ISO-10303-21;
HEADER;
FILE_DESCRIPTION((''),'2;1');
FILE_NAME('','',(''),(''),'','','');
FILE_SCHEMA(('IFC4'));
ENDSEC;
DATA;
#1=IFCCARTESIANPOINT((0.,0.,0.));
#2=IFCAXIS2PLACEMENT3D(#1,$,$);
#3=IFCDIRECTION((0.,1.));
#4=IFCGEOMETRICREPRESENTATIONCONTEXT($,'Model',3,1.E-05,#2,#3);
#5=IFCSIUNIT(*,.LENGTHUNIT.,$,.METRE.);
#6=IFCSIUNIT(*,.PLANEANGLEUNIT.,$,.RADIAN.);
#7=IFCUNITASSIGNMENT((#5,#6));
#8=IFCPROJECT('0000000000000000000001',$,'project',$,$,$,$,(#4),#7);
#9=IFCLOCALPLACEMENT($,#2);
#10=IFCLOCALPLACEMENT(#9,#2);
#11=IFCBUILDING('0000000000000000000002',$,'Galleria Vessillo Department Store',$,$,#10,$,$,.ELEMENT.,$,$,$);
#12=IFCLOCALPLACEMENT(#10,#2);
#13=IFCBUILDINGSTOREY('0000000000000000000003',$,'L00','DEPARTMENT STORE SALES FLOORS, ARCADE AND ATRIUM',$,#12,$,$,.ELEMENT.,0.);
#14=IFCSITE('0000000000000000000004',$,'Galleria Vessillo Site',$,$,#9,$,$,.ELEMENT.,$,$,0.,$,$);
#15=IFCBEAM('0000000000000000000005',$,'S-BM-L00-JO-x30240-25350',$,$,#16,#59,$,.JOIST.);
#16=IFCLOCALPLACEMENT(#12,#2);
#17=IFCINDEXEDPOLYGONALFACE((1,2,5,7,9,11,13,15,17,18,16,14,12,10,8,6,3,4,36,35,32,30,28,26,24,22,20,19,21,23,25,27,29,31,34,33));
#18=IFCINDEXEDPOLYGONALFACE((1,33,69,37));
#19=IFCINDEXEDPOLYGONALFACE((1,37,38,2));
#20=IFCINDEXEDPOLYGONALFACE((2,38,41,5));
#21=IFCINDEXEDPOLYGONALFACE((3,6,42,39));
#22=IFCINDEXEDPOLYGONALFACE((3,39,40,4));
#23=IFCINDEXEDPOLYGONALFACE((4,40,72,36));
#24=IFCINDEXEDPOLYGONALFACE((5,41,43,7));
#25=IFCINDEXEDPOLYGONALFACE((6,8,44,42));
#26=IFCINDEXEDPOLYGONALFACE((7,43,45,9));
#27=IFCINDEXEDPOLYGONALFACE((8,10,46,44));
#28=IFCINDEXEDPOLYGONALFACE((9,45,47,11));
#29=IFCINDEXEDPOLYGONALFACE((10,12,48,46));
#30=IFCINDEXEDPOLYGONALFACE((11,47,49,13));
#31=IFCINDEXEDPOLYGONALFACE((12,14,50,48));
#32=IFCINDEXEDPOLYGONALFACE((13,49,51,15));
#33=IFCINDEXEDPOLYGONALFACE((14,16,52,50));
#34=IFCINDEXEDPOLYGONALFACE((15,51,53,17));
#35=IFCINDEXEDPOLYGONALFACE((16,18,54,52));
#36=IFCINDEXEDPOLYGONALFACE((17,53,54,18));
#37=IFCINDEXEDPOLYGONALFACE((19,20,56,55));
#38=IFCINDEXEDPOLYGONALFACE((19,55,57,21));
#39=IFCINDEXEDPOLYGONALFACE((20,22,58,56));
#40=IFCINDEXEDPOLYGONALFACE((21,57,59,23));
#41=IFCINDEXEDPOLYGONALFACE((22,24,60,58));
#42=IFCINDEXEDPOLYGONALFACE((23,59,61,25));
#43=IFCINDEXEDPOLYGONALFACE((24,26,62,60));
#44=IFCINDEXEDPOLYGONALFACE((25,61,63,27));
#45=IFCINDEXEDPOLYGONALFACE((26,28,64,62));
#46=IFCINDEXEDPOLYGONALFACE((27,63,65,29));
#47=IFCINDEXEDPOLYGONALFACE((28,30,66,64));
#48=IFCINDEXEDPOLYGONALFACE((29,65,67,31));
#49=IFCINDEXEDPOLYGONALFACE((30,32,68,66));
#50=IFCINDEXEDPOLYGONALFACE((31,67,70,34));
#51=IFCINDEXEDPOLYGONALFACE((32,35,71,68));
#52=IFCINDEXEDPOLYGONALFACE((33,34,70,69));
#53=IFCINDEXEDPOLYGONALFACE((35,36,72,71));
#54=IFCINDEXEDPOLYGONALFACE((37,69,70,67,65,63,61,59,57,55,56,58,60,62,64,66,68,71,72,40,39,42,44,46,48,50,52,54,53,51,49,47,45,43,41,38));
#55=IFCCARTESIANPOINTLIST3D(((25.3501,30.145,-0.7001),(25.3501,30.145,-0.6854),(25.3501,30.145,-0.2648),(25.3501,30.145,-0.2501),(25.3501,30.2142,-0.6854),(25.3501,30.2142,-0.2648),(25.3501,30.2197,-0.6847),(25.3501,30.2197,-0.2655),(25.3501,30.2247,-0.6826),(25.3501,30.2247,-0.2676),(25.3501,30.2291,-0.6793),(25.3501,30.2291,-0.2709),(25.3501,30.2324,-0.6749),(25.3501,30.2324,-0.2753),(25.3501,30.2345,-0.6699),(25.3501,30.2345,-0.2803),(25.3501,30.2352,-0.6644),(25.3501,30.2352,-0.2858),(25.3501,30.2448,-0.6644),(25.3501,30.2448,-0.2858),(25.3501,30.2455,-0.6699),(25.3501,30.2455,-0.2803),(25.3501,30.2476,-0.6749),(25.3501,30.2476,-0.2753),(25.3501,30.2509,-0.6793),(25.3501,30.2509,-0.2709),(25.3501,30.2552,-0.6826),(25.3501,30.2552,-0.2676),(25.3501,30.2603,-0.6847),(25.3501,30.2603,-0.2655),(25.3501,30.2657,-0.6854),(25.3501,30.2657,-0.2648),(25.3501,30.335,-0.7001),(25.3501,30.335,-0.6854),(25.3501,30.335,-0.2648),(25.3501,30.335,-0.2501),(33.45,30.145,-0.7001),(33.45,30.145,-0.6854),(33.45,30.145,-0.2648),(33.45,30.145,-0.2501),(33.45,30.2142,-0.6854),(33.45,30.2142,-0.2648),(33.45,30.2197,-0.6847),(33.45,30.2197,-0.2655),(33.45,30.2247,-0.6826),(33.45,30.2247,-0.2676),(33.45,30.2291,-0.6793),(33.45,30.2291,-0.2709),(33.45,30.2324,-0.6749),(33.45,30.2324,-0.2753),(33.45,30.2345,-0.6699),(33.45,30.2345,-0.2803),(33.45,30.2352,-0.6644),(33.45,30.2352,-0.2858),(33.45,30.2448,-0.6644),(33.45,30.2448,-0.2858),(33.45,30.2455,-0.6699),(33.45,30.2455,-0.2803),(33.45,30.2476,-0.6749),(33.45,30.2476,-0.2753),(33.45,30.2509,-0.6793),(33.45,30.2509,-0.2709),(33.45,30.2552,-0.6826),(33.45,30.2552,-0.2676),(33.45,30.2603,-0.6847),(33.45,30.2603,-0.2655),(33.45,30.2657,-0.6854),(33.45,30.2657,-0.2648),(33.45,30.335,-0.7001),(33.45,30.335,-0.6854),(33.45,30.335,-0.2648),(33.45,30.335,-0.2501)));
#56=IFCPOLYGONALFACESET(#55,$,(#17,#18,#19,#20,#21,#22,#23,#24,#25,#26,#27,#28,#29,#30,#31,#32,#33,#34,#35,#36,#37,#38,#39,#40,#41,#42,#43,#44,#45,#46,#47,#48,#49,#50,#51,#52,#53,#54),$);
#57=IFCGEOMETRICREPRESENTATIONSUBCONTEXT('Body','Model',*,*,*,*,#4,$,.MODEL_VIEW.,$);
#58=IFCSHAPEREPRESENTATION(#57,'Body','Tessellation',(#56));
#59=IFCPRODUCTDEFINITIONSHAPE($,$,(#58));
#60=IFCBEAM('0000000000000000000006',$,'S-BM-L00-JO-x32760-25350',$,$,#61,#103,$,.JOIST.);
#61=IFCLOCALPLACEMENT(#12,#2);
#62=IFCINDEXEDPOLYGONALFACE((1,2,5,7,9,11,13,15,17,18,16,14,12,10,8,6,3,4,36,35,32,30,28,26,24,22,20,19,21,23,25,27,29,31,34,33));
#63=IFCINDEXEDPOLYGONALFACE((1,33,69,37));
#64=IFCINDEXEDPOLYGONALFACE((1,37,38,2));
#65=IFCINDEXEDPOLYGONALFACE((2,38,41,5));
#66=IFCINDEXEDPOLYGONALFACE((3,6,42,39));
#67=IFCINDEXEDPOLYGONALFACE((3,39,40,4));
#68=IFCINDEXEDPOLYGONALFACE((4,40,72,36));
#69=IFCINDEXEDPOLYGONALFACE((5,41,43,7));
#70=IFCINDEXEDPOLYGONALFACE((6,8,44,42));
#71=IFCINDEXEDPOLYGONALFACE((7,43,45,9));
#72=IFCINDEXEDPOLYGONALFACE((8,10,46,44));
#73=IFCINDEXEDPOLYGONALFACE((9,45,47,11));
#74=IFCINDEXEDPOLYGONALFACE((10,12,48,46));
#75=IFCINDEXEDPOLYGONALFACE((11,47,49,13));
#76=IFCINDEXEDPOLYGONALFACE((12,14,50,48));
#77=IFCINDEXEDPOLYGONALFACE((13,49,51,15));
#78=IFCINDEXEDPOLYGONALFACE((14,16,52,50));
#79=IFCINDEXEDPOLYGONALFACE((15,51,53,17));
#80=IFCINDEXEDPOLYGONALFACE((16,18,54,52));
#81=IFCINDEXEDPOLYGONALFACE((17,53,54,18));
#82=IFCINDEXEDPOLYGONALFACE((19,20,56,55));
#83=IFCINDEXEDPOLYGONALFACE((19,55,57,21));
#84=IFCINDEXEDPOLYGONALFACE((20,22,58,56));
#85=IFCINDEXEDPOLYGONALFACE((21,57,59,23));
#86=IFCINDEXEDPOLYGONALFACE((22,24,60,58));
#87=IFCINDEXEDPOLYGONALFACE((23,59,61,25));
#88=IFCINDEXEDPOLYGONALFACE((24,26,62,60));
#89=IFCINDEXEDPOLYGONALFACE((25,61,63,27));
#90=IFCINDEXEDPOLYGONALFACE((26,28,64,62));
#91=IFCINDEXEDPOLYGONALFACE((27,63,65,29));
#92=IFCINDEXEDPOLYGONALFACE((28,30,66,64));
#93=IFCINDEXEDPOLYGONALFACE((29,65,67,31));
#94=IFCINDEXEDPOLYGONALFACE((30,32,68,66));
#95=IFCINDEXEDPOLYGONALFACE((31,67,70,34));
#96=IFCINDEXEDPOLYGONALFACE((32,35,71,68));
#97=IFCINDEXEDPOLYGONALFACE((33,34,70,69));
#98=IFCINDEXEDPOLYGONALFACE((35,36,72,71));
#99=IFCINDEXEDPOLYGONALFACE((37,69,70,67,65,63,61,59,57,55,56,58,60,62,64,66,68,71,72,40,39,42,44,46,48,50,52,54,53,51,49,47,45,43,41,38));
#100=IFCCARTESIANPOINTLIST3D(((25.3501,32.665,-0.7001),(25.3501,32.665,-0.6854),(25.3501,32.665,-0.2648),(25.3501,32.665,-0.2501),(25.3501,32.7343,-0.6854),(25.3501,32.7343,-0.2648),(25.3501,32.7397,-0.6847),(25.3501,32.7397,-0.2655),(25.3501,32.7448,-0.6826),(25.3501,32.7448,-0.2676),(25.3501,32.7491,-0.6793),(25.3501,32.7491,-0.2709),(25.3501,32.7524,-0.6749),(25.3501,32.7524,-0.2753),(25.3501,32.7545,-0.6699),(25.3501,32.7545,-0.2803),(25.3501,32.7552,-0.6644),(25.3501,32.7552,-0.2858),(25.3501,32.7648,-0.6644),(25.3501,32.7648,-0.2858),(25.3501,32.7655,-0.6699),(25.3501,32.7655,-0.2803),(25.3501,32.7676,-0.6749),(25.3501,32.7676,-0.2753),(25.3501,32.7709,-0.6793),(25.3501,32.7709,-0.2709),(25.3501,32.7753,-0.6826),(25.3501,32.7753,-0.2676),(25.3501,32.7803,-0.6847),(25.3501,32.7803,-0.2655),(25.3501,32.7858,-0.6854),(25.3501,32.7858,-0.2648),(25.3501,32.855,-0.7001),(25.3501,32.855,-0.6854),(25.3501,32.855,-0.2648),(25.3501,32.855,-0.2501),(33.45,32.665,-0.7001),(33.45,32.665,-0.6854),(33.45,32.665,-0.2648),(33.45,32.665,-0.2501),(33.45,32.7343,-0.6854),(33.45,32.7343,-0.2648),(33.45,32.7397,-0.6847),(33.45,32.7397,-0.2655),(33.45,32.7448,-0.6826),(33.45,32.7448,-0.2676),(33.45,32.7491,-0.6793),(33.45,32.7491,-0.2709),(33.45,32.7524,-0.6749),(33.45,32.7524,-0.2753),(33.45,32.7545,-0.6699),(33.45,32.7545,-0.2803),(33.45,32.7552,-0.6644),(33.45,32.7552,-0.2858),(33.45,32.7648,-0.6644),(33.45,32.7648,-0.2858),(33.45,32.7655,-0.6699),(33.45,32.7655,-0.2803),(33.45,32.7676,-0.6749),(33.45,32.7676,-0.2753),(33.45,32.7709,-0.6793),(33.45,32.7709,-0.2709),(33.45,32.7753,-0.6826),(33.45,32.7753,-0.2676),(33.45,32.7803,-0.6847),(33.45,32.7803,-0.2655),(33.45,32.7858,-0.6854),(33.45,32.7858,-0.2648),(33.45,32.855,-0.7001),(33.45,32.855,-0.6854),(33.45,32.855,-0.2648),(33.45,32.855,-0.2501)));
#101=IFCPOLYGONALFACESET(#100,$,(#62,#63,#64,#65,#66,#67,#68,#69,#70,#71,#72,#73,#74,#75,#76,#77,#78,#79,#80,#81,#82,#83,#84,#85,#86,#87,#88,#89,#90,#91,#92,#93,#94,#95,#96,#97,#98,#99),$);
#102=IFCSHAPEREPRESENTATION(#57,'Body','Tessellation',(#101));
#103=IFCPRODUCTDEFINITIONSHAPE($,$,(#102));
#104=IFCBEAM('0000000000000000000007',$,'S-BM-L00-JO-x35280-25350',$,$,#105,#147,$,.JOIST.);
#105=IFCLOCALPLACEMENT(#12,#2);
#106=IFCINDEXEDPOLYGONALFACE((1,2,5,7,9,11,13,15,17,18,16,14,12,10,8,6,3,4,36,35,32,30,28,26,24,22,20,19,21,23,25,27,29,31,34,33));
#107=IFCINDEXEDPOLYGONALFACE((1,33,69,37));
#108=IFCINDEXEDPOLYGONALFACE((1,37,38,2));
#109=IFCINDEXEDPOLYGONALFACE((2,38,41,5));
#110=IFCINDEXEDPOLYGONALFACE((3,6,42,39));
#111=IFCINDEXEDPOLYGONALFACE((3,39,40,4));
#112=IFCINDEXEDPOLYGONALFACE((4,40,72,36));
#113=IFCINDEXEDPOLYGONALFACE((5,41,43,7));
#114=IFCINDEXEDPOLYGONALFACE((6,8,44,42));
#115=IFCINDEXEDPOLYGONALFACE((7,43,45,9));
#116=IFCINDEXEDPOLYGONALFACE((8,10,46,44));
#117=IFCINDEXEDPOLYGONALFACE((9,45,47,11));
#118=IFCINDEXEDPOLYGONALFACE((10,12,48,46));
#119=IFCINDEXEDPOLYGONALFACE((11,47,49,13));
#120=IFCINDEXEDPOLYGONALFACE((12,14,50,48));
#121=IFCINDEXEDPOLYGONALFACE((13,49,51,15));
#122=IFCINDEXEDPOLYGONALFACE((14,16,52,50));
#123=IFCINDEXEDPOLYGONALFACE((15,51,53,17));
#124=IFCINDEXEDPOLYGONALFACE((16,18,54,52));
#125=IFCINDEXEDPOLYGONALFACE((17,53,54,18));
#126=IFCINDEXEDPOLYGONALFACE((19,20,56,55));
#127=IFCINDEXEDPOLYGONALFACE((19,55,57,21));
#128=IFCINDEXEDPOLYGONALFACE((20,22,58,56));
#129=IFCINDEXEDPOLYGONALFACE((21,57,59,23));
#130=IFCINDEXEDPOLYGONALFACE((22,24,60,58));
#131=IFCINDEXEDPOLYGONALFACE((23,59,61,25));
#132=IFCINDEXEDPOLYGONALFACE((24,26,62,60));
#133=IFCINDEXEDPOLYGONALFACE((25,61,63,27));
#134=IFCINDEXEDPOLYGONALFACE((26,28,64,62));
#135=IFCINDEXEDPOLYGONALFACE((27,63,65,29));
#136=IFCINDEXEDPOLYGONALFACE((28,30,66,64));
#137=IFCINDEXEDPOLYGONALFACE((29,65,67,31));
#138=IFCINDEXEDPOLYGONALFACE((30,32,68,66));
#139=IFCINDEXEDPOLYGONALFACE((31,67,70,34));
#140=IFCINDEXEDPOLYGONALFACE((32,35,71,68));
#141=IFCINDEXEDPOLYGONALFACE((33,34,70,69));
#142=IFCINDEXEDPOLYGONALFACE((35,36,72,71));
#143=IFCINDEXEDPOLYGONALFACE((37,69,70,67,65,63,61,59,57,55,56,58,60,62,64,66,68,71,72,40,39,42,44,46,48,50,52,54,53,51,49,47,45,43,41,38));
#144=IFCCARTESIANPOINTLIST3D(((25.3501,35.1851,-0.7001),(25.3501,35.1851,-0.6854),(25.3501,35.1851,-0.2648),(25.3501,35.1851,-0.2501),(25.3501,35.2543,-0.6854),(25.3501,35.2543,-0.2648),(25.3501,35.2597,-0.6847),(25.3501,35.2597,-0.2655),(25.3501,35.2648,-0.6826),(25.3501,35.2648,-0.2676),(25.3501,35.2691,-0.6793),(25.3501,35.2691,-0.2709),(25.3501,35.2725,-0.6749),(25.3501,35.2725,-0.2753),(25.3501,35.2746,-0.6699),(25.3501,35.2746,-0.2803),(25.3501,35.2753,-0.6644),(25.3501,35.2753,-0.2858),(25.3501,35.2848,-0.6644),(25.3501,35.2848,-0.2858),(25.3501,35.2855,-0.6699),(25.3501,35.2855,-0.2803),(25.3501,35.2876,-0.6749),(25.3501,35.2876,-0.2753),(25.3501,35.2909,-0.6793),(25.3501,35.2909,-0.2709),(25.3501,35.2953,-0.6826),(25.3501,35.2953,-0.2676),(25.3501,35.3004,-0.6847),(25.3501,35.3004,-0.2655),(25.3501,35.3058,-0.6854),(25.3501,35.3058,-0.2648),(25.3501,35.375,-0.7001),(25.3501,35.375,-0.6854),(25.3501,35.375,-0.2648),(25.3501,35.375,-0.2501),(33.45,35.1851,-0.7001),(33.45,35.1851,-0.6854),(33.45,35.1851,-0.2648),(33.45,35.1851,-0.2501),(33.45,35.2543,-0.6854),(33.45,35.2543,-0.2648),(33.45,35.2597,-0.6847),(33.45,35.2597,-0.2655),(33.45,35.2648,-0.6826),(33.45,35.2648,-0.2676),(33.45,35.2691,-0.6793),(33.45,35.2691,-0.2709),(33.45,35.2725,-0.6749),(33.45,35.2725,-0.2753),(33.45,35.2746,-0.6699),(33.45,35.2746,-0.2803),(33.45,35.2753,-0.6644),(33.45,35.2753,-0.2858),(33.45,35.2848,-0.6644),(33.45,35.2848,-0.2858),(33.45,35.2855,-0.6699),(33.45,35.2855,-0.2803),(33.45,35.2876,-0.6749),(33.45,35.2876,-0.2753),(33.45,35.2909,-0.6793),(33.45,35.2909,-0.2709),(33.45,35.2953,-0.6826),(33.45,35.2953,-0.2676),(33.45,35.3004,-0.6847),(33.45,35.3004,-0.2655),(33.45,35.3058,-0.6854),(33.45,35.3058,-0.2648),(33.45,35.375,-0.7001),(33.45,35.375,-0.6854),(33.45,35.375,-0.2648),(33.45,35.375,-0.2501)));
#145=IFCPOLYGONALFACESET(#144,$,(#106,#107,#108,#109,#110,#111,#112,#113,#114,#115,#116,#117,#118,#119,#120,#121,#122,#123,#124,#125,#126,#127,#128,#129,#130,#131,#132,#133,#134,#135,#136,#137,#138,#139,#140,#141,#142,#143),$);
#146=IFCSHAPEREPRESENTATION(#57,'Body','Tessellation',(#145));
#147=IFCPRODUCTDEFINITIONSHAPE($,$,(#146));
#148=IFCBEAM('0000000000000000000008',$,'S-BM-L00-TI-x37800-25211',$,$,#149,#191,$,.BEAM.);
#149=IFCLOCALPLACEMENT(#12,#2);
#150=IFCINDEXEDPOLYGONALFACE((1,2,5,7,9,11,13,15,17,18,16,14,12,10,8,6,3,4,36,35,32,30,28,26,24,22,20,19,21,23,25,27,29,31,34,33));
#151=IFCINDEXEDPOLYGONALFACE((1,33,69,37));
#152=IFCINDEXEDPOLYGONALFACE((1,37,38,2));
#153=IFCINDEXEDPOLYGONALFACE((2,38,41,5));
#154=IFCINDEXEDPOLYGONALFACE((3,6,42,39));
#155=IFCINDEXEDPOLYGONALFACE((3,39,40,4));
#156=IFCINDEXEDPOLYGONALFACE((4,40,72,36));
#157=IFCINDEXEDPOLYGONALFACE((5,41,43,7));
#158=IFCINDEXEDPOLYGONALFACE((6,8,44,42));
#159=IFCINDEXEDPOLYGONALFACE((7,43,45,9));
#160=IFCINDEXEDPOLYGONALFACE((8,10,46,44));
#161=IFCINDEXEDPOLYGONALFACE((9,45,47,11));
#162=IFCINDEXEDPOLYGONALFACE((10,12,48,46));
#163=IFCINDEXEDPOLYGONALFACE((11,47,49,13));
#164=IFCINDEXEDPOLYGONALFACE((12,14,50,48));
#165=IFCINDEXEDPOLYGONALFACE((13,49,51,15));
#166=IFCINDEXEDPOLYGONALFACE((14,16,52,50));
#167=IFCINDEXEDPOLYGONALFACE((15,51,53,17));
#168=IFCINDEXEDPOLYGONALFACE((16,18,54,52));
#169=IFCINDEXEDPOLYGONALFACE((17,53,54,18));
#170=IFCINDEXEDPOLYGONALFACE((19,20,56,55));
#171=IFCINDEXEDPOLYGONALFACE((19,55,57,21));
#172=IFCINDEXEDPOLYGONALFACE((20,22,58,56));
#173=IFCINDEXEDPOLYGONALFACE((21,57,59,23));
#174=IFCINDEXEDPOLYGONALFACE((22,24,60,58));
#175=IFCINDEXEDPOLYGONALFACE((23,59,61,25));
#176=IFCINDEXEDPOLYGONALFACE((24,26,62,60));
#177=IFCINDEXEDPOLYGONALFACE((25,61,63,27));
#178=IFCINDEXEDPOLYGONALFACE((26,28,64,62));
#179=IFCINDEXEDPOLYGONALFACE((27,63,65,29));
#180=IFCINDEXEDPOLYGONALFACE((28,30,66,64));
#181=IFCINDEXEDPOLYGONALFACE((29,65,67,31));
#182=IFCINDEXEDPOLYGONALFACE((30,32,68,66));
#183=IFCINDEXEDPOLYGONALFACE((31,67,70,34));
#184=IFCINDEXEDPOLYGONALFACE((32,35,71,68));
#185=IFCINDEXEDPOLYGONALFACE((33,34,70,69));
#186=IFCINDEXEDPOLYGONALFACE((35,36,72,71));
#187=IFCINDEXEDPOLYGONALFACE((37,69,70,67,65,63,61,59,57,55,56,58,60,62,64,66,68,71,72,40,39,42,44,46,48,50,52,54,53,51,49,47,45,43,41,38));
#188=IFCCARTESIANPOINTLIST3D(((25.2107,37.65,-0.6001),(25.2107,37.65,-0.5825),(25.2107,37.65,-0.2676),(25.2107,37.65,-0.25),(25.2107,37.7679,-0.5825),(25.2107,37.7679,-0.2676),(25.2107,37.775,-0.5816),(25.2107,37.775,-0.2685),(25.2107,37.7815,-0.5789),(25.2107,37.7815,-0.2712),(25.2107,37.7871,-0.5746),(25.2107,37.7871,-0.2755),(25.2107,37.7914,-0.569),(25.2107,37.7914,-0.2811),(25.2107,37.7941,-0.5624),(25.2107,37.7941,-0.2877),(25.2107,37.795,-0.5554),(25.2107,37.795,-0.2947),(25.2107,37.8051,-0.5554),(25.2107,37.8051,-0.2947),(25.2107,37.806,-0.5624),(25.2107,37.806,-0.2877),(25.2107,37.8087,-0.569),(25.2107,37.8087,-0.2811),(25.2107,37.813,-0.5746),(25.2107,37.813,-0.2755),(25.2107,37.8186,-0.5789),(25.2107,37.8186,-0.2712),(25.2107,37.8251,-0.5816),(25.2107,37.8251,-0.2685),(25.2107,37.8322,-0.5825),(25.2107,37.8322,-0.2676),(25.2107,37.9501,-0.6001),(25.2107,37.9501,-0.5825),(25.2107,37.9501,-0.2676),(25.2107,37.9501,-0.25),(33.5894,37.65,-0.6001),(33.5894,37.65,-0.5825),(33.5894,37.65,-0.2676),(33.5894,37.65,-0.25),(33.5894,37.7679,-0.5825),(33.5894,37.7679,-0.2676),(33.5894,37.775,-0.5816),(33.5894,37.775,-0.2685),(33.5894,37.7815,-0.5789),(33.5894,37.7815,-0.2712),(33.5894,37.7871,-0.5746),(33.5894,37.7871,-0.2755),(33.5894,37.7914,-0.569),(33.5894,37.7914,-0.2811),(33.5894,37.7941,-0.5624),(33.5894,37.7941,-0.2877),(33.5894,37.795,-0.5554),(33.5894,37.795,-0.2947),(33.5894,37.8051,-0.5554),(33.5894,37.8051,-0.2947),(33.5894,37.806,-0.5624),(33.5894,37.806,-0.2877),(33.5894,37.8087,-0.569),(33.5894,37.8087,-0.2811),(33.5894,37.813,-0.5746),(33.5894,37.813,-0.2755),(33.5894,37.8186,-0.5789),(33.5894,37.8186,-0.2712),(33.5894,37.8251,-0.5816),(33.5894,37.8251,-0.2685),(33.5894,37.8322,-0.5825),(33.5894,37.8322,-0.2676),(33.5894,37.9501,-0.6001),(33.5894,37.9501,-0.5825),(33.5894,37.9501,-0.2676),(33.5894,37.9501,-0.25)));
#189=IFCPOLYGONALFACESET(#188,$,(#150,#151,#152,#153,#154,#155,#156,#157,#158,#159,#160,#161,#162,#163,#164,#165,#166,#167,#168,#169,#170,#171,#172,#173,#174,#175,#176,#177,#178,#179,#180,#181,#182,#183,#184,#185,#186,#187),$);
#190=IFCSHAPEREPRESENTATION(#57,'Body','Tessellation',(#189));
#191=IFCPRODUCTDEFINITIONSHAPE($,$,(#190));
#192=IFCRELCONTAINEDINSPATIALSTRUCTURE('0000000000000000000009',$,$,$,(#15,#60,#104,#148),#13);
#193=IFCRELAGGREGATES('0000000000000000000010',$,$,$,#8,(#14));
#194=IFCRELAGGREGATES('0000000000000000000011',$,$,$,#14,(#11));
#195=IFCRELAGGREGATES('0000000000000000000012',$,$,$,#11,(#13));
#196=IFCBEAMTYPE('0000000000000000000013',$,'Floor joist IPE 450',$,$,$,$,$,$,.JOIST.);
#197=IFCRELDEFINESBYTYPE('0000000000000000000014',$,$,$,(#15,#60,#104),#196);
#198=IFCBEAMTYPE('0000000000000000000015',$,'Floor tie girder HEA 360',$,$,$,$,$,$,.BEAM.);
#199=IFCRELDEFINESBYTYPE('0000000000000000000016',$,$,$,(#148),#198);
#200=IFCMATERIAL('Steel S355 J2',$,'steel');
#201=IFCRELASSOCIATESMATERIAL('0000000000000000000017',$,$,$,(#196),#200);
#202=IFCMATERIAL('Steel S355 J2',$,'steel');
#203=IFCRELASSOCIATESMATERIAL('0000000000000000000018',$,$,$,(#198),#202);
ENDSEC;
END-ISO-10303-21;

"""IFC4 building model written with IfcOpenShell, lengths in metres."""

from ifc_helpers import new_model, si_unit, direction, frame, origin, origin_2d, place, context, subcontext, project, spatial, i_section, extrude, material, material_profile, profile_set, type_object, element, save


model = new_model("IFC4")

# Units and contexts
model_context = context("Model", 3, precision=1e-05, world=origin(), true_north=direction((0.0, 1.0)))
body_context = subcontext(model_context, "Body", "Model", "MODEL_VIEW")
ifc_project = project(units=[si_unit("LENGTHUNIT", "METRE"), si_unit("PLANEANGLEUNIT", "RADIAN")], contexts=[model_context])

# Site, building, storey
site_placement = place(None, origin())
site = spatial("IfcSite", under=ifc_project, at=site_placement, Name="Galleria Vessillo Site", CompositionType="ELEMENT", RefElevation=0.0)
building_placement = place(site_placement, origin())
building = spatial("IfcBuilding", under=site, at=building_placement, Name="Galleria Vessillo Department Store", CompositionType="ELEMENT")
storey_placement = place(building_placement, origin())
storey = spatial("IfcBuildingStorey", under=building, at=storey_placement, Name="L00", Description="DEPARTMENT STORE SALES FLOORS, ARCADE AND ATRIUM", CompositionType="ELEMENT", Elevation=0.0)

# Beams
ifc_material_1 = material(Name="Steel S355 J2", Category="steel")
ifc_material_profile_1 = material_profile(ifc_material_1, i_section(OverallWidth=0.1899, OverallDepth=0.45, WebThickness=0.0095, FlangeThickness=0.0146, FilletRadius=0.021, at=origin_2d()), Name="IPE 450")
ifc_profile_set_1 = profile_set([ifc_material_profile_1], Name="Steel S355 J2")
beam_type_1 = type_object("IfcBeamType", Name="Floor joist IPE 450", PredefinedType="JOIST", material=ifc_profile_set_1)
for number, where, z_axis, x_axis, name in (
    (1, (25.3501, 30.24, -0.4751), (1.0, 0.0, 0.0), (0.0, 1.0, 0.0), "S-BM-L00-JO-x30240-25350"),
    (2, (25.3501, 32.76, -0.4751), (1.0, 0.0, 0.0), (0.0, 1.0, 0.0), "S-BM-L00-JO-x32760-25350"),
    (3, (25.3501, 35.28, -0.4751), (1.0, 0.0, 0.0), (0.0, 1.0, 0.0), "S-BM-L00-JO-x35280-25350"),
):
    element("IfcBeam", number, at=place(storey_placement, frame(where, z_axis=z_axis, x_axis=x_axis)), inside=storey, type_object=beam_type_1, Name=name, PredefinedType="JOIST", context=body_context, shape_type="SweptSolid", body=[
        extrude(i_section(OverallWidth=0.1899, OverallDepth=0.45, WebThickness=0.0095, FlangeThickness=0.0146, FilletRadius=0.021, at=origin_2d()), origin(), (0.0, 0.0, 1.0), 8.0999),
    ])
ifc_material_2 = material(Name="Steel S355 J2", Category="steel")
ifc_material_profile_2 = material_profile(ifc_material_2, i_section(OverallWidth=0.3, OverallDepth=0.3501, WebThickness=0.01, FlangeThickness=0.0176, FilletRadius=0.0271, at=origin_2d()), Name="HEA 360")
ifc_profile_set_2 = profile_set([ifc_material_profile_2], Name="Steel S355 J2")
beam_type_2 = type_object("IfcBeamType", Name="Floor tie girder HEA 360", PredefinedType="BEAM", material=ifc_profile_set_2)
beam_1_placement = place(storey_placement, frame((25.2107, 37.8, -0.425), z_axis=(1.0, 0.0, 0.0), x_axis=(0.0, 1.0, 0.0)))
element("IfcBeam", 4, at=beam_1_placement, inside=storey, type_object=beam_type_2, Name="S-BM-L00-TI-x37800-25211", PredefinedType="BEAM", context=body_context, shape_type="SweptSolid", body=[
    extrude(i_section(OverallWidth=0.3, OverallDepth=0.3501, WebThickness=0.01, FlangeThickness=0.0176, FilletRadius=0.0271, at=origin_2d()), origin(), (0.0, 0.0, 1.0), 8.3787),
])

save(model, "model.ifc")
